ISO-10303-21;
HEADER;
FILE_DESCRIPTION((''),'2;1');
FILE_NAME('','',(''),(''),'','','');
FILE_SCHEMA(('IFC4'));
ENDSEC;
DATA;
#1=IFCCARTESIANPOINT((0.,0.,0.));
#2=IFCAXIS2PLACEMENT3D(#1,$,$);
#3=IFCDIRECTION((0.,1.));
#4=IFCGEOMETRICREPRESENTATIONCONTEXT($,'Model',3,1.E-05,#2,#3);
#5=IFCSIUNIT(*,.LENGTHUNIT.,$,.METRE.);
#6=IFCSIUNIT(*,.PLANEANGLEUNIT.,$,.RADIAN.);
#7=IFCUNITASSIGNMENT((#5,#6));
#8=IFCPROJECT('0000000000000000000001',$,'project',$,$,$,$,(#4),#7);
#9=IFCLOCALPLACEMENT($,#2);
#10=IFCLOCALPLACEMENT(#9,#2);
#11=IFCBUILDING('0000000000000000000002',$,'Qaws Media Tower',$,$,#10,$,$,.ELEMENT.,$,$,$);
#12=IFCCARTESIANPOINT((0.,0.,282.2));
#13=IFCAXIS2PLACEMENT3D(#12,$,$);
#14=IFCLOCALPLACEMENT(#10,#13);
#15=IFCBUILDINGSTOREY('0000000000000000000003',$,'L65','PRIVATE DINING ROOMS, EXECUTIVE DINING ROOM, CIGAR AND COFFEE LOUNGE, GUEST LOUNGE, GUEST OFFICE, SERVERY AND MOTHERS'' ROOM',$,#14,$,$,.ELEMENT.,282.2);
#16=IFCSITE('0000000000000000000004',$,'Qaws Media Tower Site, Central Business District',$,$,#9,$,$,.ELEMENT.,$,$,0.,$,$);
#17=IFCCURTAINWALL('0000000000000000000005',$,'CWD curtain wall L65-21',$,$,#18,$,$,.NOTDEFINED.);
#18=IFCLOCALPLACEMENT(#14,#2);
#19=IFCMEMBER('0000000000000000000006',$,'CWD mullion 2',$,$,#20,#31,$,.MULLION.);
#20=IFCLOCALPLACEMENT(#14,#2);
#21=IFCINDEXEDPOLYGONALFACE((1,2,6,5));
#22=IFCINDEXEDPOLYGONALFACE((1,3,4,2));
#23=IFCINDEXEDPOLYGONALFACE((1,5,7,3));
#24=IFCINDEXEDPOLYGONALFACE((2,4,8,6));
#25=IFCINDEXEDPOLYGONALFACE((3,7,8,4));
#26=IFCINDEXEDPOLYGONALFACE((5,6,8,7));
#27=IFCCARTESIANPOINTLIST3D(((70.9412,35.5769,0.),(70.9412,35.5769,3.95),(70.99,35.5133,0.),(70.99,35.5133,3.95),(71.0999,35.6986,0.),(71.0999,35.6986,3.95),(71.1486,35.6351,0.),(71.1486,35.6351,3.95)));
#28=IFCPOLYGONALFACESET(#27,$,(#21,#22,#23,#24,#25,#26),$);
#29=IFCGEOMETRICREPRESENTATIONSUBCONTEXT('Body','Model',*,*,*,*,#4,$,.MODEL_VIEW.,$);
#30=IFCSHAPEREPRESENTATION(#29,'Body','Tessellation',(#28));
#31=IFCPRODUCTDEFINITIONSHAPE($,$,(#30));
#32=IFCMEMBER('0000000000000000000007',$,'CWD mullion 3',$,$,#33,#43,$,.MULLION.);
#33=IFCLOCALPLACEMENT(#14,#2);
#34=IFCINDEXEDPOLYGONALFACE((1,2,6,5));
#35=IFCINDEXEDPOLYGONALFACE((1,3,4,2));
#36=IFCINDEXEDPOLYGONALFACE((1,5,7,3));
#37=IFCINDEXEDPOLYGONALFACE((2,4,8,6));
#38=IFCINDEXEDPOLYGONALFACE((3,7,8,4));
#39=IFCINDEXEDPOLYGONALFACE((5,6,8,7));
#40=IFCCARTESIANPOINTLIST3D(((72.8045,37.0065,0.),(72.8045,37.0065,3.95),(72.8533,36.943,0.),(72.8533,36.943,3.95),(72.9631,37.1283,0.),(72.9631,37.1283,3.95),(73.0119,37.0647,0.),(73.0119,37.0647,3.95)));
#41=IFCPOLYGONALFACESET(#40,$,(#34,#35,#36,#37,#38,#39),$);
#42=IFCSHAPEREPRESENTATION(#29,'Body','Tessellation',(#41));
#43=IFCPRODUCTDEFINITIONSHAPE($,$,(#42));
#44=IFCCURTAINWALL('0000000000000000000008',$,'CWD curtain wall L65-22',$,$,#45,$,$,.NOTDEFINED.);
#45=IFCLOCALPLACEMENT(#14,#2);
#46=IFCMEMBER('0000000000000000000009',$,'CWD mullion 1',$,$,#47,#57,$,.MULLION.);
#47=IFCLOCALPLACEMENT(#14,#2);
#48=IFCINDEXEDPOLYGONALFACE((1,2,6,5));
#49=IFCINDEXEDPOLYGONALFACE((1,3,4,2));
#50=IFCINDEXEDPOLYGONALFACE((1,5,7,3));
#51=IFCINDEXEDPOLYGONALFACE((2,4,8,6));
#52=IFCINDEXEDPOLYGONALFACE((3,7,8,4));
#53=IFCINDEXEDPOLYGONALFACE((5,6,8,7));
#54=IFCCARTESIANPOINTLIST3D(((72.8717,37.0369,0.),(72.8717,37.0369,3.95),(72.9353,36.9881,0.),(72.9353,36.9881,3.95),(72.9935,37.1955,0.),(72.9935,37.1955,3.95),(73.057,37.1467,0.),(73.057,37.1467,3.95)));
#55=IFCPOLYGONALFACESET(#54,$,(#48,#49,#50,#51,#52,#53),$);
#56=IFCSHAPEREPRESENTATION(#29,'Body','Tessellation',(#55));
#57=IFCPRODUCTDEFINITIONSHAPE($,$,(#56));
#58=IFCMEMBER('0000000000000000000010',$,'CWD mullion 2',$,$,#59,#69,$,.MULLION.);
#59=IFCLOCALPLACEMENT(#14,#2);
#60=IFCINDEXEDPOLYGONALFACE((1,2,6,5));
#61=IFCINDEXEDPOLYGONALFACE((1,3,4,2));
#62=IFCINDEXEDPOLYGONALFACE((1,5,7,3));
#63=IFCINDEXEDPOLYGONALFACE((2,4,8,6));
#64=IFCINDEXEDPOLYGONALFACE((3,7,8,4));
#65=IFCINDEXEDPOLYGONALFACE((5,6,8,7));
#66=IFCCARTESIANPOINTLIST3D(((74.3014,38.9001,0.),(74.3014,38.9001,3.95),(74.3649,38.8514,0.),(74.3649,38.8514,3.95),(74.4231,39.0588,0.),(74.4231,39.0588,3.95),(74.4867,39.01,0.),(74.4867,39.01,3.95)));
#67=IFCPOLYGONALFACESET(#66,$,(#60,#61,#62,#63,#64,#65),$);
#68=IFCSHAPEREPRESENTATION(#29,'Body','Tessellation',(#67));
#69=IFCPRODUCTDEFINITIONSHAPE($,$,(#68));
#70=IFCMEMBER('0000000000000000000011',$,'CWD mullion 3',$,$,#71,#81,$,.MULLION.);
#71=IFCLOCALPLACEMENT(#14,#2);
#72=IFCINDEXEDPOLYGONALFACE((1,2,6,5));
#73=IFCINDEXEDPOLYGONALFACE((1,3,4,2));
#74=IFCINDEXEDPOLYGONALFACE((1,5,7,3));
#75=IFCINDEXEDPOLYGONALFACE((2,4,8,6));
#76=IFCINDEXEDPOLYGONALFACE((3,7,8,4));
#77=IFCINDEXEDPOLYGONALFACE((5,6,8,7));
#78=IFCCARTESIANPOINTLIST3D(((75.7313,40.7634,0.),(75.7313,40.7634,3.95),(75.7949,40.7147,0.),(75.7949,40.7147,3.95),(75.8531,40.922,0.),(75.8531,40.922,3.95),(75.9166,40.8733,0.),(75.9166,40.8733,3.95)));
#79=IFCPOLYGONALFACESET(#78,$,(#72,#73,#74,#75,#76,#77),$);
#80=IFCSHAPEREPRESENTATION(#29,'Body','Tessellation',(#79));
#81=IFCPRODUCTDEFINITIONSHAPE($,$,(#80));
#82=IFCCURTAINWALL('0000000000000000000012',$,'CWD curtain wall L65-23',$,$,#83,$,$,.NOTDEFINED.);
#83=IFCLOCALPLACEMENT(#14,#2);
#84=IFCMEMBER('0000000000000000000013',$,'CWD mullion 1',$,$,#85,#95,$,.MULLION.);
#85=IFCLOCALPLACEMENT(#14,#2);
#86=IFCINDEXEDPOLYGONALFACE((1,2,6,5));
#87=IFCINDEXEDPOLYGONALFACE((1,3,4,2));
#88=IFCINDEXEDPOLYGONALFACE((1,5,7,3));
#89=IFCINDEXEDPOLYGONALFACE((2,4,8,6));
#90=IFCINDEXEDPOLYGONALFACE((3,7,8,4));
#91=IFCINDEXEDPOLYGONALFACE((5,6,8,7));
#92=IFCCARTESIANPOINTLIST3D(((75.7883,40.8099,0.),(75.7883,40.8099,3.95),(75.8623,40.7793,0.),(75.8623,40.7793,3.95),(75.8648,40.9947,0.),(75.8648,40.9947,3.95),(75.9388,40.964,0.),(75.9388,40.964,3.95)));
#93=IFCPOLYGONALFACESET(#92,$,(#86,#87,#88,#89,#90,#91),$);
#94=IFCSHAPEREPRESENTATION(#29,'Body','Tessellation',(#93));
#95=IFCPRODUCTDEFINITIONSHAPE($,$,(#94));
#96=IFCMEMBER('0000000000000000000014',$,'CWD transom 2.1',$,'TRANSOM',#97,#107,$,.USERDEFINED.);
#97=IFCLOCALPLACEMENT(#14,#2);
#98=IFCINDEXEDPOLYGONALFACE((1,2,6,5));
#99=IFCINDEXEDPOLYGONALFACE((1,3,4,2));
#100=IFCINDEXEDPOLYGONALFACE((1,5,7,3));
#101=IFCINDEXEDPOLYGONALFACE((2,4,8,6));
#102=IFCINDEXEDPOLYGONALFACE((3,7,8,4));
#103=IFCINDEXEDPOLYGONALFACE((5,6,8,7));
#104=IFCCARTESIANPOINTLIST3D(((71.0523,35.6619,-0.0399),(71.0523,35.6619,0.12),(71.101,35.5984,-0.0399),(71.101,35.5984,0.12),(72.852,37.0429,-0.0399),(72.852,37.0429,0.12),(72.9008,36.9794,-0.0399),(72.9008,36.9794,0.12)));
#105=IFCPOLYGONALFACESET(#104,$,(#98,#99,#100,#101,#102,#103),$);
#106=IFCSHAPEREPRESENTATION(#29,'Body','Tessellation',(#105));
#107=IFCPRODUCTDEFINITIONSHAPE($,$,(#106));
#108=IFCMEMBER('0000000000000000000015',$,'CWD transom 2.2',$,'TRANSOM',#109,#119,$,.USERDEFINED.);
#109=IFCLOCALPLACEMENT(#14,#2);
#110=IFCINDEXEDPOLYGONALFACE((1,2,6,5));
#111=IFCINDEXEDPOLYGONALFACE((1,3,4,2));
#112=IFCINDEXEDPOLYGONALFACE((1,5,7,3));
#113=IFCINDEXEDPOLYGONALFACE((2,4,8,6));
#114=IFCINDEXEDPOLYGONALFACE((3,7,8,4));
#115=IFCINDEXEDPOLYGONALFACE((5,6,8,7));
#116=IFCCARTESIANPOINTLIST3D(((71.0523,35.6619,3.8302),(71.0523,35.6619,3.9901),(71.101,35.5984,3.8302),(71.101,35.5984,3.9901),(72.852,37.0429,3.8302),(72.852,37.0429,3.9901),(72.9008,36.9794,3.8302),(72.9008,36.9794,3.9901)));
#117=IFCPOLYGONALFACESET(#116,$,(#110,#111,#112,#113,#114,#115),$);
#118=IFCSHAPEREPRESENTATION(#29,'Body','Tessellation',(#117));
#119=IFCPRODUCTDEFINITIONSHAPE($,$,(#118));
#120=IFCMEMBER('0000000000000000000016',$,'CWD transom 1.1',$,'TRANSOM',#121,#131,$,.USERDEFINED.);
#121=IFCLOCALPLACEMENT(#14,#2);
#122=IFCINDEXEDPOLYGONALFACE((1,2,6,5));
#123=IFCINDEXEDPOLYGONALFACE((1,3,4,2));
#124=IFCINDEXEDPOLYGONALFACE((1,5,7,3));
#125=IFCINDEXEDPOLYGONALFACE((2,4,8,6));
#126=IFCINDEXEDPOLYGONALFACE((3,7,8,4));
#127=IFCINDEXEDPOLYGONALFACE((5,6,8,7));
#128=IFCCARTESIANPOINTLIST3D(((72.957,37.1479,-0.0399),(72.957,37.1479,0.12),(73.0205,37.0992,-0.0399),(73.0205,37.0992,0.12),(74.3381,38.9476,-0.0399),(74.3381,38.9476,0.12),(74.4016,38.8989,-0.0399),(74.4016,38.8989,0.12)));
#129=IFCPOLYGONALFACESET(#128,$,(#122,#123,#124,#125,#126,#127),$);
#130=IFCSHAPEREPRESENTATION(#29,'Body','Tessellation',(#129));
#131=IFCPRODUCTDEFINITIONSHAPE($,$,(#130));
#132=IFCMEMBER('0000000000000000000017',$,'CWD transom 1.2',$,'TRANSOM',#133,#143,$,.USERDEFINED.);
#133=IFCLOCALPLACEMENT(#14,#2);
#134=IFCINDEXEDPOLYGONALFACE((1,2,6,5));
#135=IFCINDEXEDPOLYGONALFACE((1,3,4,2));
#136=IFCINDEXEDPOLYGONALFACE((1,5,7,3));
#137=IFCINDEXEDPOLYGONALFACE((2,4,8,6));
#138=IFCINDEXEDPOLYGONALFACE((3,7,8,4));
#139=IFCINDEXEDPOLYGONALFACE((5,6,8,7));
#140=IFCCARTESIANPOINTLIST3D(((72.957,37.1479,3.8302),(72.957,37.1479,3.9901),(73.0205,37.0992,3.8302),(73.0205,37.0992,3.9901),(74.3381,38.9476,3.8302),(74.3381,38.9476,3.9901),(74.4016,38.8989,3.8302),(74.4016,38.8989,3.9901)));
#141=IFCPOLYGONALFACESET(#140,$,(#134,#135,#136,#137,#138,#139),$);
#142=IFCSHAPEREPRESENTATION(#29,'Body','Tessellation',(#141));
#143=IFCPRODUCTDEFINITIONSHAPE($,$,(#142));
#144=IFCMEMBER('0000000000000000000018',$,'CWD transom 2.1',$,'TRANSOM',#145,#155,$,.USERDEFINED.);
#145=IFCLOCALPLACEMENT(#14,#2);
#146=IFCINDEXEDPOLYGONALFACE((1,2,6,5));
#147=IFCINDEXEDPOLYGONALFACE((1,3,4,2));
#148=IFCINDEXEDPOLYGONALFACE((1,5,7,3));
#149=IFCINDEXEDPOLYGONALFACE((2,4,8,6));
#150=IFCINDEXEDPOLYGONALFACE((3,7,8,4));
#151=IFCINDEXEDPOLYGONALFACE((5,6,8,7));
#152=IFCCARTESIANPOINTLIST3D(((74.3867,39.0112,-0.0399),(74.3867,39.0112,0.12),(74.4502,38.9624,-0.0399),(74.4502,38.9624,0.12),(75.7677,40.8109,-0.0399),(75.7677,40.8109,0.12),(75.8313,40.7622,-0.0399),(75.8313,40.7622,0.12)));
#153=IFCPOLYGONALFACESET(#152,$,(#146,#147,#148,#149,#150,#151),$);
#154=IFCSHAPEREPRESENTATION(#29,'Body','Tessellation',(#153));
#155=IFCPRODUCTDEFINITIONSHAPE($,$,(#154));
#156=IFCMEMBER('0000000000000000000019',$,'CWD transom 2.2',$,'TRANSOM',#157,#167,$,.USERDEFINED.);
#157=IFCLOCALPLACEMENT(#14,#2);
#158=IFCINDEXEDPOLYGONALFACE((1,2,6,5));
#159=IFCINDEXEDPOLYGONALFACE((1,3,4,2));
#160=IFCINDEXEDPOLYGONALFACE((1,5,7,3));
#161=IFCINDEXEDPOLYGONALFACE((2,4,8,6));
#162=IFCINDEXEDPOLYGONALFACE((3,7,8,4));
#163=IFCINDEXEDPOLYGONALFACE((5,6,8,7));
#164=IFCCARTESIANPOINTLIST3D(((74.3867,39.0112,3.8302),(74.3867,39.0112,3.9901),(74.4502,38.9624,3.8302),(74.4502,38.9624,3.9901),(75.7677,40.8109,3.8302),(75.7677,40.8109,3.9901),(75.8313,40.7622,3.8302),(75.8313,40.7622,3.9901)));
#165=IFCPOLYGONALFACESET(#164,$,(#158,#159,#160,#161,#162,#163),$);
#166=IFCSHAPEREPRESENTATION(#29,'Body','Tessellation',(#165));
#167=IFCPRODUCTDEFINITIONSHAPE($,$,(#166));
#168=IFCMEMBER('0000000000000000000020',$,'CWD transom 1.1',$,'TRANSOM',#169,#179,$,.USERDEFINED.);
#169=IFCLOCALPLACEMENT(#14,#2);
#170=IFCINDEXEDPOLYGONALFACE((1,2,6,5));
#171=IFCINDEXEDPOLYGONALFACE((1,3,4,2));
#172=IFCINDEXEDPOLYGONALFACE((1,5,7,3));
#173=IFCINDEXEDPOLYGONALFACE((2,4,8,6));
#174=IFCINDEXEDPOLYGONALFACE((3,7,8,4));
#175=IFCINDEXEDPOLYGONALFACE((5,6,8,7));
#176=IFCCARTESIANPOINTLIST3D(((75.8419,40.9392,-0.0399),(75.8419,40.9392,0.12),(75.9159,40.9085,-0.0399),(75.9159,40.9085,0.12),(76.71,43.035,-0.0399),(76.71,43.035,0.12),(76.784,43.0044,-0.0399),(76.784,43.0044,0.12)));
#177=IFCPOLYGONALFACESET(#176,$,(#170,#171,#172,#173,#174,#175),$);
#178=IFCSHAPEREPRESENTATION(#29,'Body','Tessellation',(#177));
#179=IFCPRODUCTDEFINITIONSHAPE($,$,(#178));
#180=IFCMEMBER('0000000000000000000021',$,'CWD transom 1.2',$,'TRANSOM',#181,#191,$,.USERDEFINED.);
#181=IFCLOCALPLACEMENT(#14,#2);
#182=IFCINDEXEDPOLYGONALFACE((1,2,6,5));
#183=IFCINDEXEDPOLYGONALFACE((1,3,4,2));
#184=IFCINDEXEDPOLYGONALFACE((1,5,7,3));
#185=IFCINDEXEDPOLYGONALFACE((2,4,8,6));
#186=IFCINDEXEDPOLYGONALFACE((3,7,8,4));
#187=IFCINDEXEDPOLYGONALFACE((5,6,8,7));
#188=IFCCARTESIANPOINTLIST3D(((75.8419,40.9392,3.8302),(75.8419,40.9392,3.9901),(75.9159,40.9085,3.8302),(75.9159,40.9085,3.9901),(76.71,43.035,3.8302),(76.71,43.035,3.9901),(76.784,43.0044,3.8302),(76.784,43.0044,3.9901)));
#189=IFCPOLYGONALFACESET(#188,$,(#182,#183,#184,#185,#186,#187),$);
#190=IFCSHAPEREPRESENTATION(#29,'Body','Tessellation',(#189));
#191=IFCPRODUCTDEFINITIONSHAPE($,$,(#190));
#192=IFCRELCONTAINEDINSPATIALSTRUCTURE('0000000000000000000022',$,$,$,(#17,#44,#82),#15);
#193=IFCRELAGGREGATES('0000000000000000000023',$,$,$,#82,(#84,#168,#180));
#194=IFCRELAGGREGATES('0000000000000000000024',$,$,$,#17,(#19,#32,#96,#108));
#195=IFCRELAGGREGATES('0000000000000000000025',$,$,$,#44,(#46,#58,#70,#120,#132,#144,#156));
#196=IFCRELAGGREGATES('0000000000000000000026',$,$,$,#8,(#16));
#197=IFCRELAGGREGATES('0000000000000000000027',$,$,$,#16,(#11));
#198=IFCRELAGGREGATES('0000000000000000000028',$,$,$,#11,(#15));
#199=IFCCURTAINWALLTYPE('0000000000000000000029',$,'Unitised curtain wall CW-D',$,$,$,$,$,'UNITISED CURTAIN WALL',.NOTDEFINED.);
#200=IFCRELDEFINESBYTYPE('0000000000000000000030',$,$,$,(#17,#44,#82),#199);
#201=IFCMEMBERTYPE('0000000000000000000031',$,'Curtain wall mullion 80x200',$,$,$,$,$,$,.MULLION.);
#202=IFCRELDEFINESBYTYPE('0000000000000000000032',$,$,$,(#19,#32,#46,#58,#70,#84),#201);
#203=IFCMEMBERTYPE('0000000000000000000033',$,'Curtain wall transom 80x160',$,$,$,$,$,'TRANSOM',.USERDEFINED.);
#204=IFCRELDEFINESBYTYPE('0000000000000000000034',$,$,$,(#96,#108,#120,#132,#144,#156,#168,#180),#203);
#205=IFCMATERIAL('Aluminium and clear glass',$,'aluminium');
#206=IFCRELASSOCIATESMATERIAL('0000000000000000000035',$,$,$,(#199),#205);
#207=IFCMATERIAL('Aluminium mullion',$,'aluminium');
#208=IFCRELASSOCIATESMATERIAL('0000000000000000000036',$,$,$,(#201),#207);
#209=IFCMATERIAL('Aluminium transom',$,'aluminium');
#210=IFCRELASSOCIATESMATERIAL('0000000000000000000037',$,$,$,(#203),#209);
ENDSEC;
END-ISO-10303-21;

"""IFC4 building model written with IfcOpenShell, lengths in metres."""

from ifc_helpers import new_model, si_unit, direction, frame, origin, origin_2d, place, context, subcontext, project, spatial, rectangle, extrude, material, material_profile, profile_set, type_object, element, aggregate, save


model = new_model("IFC4")

# Units and contexts
model_context = context("Model", 3, precision=1e-05, world=origin(), true_north=direction((0.0, 1.0)))
body_context = subcontext(model_context, "Body", "Model", "MODEL_VIEW")
ifc_project = project(units=[si_unit("LENGTHUNIT", "METRE"), si_unit("PLANEANGLEUNIT", "RADIAN")], contexts=[model_context])

# Site, building, storey
site_placement = place(None, origin())
site = spatial("IfcSite", under=ifc_project, at=site_placement, Name="Qaws Media Tower Site, Central Business District", CompositionType="ELEMENT", RefElevation=0.0)
building_placement = place(site_placement, origin())
building = spatial("IfcBuilding", under=site, at=building_placement, Name="Qaws Media Tower", CompositionType="ELEMENT")
storey_placement = place(building_placement, frame((0.0, 0.0, 282.2)))
storey = spatial("IfcBuildingStorey", under=building, at=storey_placement, Name="L65", Description="PRIVATE DINING ROOMS, EXECUTIVE DINING ROOM, CIGAR AND COFFEE LOUNGE, GUEST LOUNGE, GUEST OFFICE, SERVERY AND MOTHERS' ROOM", CompositionType="ELEMENT", Elevation=282.2)

# Curtain walls, members
ifc_material_1 = material(Name="Aluminium and clear glass", Category="aluminium")
curtain_wall_type = type_object("IfcCurtainWallType", Name="Unitised curtain wall CW-D", ElementType="UNITISED CURTAIN WALL", PredefinedType="NOTDEFINED", material=ifc_material_1)
curtain_wall_1_placement = place(storey_placement, origin())
curtain_wall_1 = element("IfcCurtainWall", 1, at=curtain_wall_1_placement, inside=storey, type_object=curtain_wall_type, Name="CWD curtain wall L65-21", PredefinedType="NOTDEFINED")
ifc_material_2 = material(Name="Aluminium mullion", Category="aluminium")
ifc_material_profile_1 = material_profile(ifc_material_2, rectangle(XDim=0.0801, YDim=0.2, at=origin_2d()), Name="80x200")
ifc_profile_set_1 = profile_set([ifc_material_profile_1], Name="Aluminium mullion")
member_type_1 = type_object("IfcMemberType", Name="Curtain wall mullion 80x200", PredefinedType="MULLION", material=ifc_profile_set_1)
member_1_placement = place(storey_placement, frame((71.0449, 35.606, 0.0), z_axis=(0.0, 0.0, 1.0), x_axis=(-0.608761, 0.793353, 0.0)))
member_1 = element("IfcMember", 2, at=member_1_placement, type_object=member_type_1, Name="CWD mullion 2", PredefinedType="MULLION", context=body_context, shape_type="SweptSolid", body=[
    extrude(rectangle(XDim=0.0801, YDim=0.2, at=origin_2d()), origin(), (0.0, 0.0, 1.0), 3.95),
])
member_2_placement = place(storey_placement, frame((72.9082, 37.0356, 0.0), z_axis=(0.0, 0.0, 1.0), x_axis=(-0.608761, 0.793353, 0.0)))
member_2 = element("IfcMember", 3, at=member_2_placement, type_object=member_type_1, Name="CWD mullion 3", PredefinedType="MULLION", context=body_context, shape_type="SweptSolid", body=[
    extrude(rectangle(XDim=0.0801, YDim=0.2, at=origin_2d()), origin(), (0.0, 0.0, 1.0), 3.95),
])
curtain_wall_2_placement = place(storey_placement, origin())
curtain_wall_2 = element("IfcCurtainWall", 4, at=curtain_wall_2_placement, inside=storey, type_object=curtain_wall_type, Name="CWD curtain wall L65-22", PredefinedType="NOTDEFINED")
member_3_placement = place(storey_placement, frame((72.9644, 37.0918, 0.0), z_axis=(0.0, 0.0, 1.0), x_axis=(-0.793353, 0.608761, 0.0)))
member_3 = element("IfcMember", 5, at=member_3_placement, type_object=member_type_1, Name="CWD mullion 1", PredefinedType="MULLION", context=body_context, shape_type="SweptSolid", body=[
    extrude(rectangle(XDim=0.0801, YDim=0.2, at=origin_2d()), origin(), (0.0, 0.0, 1.0), 3.95),
])
member_4_placement = place(storey_placement, frame((74.394, 38.9551, 0.0), z_axis=(0.0, 0.0, 1.0), x_axis=(-0.793353, 0.608761, 0.0)))
member_4 = element("IfcMember", 6, at=member_4_placement, type_object=member_type_1, Name="CWD mullion 2", PredefinedType="MULLION", context=body_context, shape_type="SweptSolid", body=[
    extrude(rectangle(XDim=0.0801, YDim=0.2, at=origin_2d()), origin(), (0.0, 0.0, 1.0), 3.95),
])
member_5_placement = place(storey_placement, frame((75.824, 40.8184, 0.0), z_axis=(0.0, 0.0, 1.0), x_axis=(-0.793353, 0.608761, 0.0)))
member_5 = element("IfcMember", 7, at=member_5_placement, type_object=member_type_1, Name="CWD mullion 3", PredefinedType="MULLION", context=body_context, shape_type="SweptSolid", body=[
    extrude(rectangle(XDim=0.0801, YDim=0.2, at=origin_2d()), origin(), (0.0, 0.0, 1.0), 3.95),
])

# Curtain wall, member
curtain_wall_3_placement = place(storey_placement, origin())
curtain_wall_3 = element("IfcCurtainWall", 8, at=curtain_wall_3_placement, inside=storey, type_object=curtain_wall_type, Name="CWD curtain wall L65-23", PredefinedType="NOTDEFINED")
member_6_placement = place(storey_placement, frame((75.8635, 40.887, 0.0), z_axis=(0.0, 0.0, 1.0), x_axis=(-0.923879, 0.382684, 0.0)))
member_6 = element("IfcMember", 9, at=member_6_placement, type_object=member_type_1, Name="CWD mullion 1", PredefinedType="MULLION", context=body_context, shape_type="SweptSolid", body=[
    extrude(rectangle(XDim=0.0801, YDim=0.2, at=origin_2d()), origin(), (0.0, 0.0, 1.0), 3.95),
])

# Members
ifc_material_3 = material(Name="Aluminium transom", Category="aluminium")
ifc_material_profile_2 = material_profile(ifc_material_3, rectangle(XDim=0.0801, YDim=0.1599, at=origin_2d()), Name="80x160")
ifc_profile_set_2 = profile_set([ifc_material_profile_2], Name="Aluminium transom")
member_type_2 = type_object("IfcMemberType", Name="Curtain wall transom 80x160", ElementType="TRANSOM", PredefinedType="USERDEFINED", material=ifc_profile_set_2)
member_7_placement = place(storey_placement, frame((71.0767, 35.6301, 0.04), z_axis=(0.79334, 0.608779, 0.0), x_axis=(-0.608779, 0.79334, 0.0)))
member_7 = element("IfcMember", 10, at=member_7_placement, type_object=member_type_2, Name="CWD transom 2.1", ObjectType="TRANSOM", PredefinedType="USERDEFINED", context=body_context, shape_type="SweptSolid", body=[
    extrude(rectangle(XDim=0.0801, YDim=0.1599, at=origin_2d()), origin(), (0.0, 0.0, 1.0), 2.2686),
])
member_8_placement = place(storey_placement, frame((71.0767, 35.6301, 3.9102), z_axis=(0.79334, 0.608779, 0.0), x_axis=(-0.608779, 0.79334, 0.0)))
member_8 = element("IfcMember", 11, at=member_8_placement, type_object=member_type_2, Name="CWD transom 2.2", ObjectType="TRANSOM", PredefinedType="USERDEFINED", context=body_context, shape_type="SweptSolid", body=[
    extrude(rectangle(XDim=0.0801, YDim=0.1599, at=origin_2d()), origin(), (0.0, 0.0, 1.0), 2.2686),
])
member_9_placement = place(storey_placement, frame((72.9888, 37.1235, 0.04), z_axis=(0.608779, 0.79334, 0.0), x_axis=(-0.79334, 0.608779, 0.0)))
member_9 = element("IfcMember", 12, at=member_9_placement, type_object=member_type_2, Name="CWD transom 1.1", ObjectType="TRANSOM", PredefinedType="USERDEFINED", context=body_context, shape_type="SweptSolid", body=[
    extrude(rectangle(XDim=0.0801, YDim=0.1599, at=origin_2d()), origin(), (0.0, 0.0, 1.0), 2.2686),
])
member_10_placement = place(storey_placement, frame((72.9888, 37.1235, 3.9102), z_axis=(0.608779, 0.79334, 0.0), x_axis=(-0.79334, 0.608779, 0.0)))
member_10 = element("IfcMember", 13, at=member_10_placement, type_object=member_type_2, Name="CWD transom 1.2", ObjectType="TRANSOM", PredefinedType="USERDEFINED", context=body_context, shape_type="SweptSolid", body=[
    extrude(rectangle(XDim=0.0801, YDim=0.1599, at=origin_2d()), origin(), (0.0, 0.0, 1.0), 2.2686),
])
member_11_placement = place(storey_placement, frame((74.4185, 38.9868, 0.04), z_axis=(0.608779, 0.79334, 0.0), x_axis=(-0.79334, 0.608779, 0.0)))
member_11 = element("IfcMember", 14, at=member_11_placement, type_object=member_type_2, Name="CWD transom 2.1", ObjectType="TRANSOM", PredefinedType="USERDEFINED", context=body_context, shape_type="SweptSolid", body=[
    extrude(rectangle(XDim=0.0801, YDim=0.1599, at=origin_2d()), origin(), (0.0, 0.0, 1.0), 2.2686),
])
member_12_placement = place(storey_placement, frame((74.4185, 38.9868, 3.9102), z_axis=(0.608779, 0.79334, 0.0), x_axis=(-0.79334, 0.608779, 0.0)))
member_12 = element("IfcMember", 15, at=member_12_placement, type_object=member_type_2, Name="CWD transom 2.2", ObjectType="TRANSOM", PredefinedType="USERDEFINED", context=body_context, shape_type="SweptSolid", body=[
    extrude(rectangle(XDim=0.0801, YDim=0.1599, at=origin_2d()), origin(), (0.0, 0.0, 1.0), 2.2686),
])
member_13_placement = place(storey_placement, frame((75.8789, 40.9238, 0.04), z_axis=(0.382681, 0.92388, 0.0), x_axis=(-0.92388, 0.382681, 0.0)))
member_13 = element("IfcMember", 16, at=member_13_placement, type_object=member_type_2, Name="CWD transom 1.1", ObjectType="TRANSOM", PredefinedType="USERDEFINED", context=body_context, shape_type="SweptSolid", body=[
    extrude(rectangle(XDim=0.0801, YDim=0.1599, at=origin_2d()), origin(), (0.0, 0.0, 1.0), 2.2686),
])
member_14_placement = place(storey_placement, frame((75.8789, 40.9238, 3.9102), z_axis=(0.382681, 0.92388, 0.0), x_axis=(-0.92388, 0.382681, 0.0)))
member_14 = element("IfcMember", 17, at=member_14_placement, type_object=member_type_2, Name="CWD transom 1.2", ObjectType="TRANSOM", PredefinedType="USERDEFINED", context=body_context, shape_type="SweptSolid", body=[
    extrude(rectangle(XDim=0.0801, YDim=0.1599, at=origin_2d()), origin(), (0.0, 0.0, 1.0), 2.2686),
])
aggregate(curtain_wall_3, [member_6, member_13, member_14])

aggregate(curtain_wall_1, [member_1, member_2, member_7, member_8])
aggregate(curtain_wall_2, [member_3, member_4, member_5, member_9, member_10, member_11, member_12])

save(model, "model.ifc")
